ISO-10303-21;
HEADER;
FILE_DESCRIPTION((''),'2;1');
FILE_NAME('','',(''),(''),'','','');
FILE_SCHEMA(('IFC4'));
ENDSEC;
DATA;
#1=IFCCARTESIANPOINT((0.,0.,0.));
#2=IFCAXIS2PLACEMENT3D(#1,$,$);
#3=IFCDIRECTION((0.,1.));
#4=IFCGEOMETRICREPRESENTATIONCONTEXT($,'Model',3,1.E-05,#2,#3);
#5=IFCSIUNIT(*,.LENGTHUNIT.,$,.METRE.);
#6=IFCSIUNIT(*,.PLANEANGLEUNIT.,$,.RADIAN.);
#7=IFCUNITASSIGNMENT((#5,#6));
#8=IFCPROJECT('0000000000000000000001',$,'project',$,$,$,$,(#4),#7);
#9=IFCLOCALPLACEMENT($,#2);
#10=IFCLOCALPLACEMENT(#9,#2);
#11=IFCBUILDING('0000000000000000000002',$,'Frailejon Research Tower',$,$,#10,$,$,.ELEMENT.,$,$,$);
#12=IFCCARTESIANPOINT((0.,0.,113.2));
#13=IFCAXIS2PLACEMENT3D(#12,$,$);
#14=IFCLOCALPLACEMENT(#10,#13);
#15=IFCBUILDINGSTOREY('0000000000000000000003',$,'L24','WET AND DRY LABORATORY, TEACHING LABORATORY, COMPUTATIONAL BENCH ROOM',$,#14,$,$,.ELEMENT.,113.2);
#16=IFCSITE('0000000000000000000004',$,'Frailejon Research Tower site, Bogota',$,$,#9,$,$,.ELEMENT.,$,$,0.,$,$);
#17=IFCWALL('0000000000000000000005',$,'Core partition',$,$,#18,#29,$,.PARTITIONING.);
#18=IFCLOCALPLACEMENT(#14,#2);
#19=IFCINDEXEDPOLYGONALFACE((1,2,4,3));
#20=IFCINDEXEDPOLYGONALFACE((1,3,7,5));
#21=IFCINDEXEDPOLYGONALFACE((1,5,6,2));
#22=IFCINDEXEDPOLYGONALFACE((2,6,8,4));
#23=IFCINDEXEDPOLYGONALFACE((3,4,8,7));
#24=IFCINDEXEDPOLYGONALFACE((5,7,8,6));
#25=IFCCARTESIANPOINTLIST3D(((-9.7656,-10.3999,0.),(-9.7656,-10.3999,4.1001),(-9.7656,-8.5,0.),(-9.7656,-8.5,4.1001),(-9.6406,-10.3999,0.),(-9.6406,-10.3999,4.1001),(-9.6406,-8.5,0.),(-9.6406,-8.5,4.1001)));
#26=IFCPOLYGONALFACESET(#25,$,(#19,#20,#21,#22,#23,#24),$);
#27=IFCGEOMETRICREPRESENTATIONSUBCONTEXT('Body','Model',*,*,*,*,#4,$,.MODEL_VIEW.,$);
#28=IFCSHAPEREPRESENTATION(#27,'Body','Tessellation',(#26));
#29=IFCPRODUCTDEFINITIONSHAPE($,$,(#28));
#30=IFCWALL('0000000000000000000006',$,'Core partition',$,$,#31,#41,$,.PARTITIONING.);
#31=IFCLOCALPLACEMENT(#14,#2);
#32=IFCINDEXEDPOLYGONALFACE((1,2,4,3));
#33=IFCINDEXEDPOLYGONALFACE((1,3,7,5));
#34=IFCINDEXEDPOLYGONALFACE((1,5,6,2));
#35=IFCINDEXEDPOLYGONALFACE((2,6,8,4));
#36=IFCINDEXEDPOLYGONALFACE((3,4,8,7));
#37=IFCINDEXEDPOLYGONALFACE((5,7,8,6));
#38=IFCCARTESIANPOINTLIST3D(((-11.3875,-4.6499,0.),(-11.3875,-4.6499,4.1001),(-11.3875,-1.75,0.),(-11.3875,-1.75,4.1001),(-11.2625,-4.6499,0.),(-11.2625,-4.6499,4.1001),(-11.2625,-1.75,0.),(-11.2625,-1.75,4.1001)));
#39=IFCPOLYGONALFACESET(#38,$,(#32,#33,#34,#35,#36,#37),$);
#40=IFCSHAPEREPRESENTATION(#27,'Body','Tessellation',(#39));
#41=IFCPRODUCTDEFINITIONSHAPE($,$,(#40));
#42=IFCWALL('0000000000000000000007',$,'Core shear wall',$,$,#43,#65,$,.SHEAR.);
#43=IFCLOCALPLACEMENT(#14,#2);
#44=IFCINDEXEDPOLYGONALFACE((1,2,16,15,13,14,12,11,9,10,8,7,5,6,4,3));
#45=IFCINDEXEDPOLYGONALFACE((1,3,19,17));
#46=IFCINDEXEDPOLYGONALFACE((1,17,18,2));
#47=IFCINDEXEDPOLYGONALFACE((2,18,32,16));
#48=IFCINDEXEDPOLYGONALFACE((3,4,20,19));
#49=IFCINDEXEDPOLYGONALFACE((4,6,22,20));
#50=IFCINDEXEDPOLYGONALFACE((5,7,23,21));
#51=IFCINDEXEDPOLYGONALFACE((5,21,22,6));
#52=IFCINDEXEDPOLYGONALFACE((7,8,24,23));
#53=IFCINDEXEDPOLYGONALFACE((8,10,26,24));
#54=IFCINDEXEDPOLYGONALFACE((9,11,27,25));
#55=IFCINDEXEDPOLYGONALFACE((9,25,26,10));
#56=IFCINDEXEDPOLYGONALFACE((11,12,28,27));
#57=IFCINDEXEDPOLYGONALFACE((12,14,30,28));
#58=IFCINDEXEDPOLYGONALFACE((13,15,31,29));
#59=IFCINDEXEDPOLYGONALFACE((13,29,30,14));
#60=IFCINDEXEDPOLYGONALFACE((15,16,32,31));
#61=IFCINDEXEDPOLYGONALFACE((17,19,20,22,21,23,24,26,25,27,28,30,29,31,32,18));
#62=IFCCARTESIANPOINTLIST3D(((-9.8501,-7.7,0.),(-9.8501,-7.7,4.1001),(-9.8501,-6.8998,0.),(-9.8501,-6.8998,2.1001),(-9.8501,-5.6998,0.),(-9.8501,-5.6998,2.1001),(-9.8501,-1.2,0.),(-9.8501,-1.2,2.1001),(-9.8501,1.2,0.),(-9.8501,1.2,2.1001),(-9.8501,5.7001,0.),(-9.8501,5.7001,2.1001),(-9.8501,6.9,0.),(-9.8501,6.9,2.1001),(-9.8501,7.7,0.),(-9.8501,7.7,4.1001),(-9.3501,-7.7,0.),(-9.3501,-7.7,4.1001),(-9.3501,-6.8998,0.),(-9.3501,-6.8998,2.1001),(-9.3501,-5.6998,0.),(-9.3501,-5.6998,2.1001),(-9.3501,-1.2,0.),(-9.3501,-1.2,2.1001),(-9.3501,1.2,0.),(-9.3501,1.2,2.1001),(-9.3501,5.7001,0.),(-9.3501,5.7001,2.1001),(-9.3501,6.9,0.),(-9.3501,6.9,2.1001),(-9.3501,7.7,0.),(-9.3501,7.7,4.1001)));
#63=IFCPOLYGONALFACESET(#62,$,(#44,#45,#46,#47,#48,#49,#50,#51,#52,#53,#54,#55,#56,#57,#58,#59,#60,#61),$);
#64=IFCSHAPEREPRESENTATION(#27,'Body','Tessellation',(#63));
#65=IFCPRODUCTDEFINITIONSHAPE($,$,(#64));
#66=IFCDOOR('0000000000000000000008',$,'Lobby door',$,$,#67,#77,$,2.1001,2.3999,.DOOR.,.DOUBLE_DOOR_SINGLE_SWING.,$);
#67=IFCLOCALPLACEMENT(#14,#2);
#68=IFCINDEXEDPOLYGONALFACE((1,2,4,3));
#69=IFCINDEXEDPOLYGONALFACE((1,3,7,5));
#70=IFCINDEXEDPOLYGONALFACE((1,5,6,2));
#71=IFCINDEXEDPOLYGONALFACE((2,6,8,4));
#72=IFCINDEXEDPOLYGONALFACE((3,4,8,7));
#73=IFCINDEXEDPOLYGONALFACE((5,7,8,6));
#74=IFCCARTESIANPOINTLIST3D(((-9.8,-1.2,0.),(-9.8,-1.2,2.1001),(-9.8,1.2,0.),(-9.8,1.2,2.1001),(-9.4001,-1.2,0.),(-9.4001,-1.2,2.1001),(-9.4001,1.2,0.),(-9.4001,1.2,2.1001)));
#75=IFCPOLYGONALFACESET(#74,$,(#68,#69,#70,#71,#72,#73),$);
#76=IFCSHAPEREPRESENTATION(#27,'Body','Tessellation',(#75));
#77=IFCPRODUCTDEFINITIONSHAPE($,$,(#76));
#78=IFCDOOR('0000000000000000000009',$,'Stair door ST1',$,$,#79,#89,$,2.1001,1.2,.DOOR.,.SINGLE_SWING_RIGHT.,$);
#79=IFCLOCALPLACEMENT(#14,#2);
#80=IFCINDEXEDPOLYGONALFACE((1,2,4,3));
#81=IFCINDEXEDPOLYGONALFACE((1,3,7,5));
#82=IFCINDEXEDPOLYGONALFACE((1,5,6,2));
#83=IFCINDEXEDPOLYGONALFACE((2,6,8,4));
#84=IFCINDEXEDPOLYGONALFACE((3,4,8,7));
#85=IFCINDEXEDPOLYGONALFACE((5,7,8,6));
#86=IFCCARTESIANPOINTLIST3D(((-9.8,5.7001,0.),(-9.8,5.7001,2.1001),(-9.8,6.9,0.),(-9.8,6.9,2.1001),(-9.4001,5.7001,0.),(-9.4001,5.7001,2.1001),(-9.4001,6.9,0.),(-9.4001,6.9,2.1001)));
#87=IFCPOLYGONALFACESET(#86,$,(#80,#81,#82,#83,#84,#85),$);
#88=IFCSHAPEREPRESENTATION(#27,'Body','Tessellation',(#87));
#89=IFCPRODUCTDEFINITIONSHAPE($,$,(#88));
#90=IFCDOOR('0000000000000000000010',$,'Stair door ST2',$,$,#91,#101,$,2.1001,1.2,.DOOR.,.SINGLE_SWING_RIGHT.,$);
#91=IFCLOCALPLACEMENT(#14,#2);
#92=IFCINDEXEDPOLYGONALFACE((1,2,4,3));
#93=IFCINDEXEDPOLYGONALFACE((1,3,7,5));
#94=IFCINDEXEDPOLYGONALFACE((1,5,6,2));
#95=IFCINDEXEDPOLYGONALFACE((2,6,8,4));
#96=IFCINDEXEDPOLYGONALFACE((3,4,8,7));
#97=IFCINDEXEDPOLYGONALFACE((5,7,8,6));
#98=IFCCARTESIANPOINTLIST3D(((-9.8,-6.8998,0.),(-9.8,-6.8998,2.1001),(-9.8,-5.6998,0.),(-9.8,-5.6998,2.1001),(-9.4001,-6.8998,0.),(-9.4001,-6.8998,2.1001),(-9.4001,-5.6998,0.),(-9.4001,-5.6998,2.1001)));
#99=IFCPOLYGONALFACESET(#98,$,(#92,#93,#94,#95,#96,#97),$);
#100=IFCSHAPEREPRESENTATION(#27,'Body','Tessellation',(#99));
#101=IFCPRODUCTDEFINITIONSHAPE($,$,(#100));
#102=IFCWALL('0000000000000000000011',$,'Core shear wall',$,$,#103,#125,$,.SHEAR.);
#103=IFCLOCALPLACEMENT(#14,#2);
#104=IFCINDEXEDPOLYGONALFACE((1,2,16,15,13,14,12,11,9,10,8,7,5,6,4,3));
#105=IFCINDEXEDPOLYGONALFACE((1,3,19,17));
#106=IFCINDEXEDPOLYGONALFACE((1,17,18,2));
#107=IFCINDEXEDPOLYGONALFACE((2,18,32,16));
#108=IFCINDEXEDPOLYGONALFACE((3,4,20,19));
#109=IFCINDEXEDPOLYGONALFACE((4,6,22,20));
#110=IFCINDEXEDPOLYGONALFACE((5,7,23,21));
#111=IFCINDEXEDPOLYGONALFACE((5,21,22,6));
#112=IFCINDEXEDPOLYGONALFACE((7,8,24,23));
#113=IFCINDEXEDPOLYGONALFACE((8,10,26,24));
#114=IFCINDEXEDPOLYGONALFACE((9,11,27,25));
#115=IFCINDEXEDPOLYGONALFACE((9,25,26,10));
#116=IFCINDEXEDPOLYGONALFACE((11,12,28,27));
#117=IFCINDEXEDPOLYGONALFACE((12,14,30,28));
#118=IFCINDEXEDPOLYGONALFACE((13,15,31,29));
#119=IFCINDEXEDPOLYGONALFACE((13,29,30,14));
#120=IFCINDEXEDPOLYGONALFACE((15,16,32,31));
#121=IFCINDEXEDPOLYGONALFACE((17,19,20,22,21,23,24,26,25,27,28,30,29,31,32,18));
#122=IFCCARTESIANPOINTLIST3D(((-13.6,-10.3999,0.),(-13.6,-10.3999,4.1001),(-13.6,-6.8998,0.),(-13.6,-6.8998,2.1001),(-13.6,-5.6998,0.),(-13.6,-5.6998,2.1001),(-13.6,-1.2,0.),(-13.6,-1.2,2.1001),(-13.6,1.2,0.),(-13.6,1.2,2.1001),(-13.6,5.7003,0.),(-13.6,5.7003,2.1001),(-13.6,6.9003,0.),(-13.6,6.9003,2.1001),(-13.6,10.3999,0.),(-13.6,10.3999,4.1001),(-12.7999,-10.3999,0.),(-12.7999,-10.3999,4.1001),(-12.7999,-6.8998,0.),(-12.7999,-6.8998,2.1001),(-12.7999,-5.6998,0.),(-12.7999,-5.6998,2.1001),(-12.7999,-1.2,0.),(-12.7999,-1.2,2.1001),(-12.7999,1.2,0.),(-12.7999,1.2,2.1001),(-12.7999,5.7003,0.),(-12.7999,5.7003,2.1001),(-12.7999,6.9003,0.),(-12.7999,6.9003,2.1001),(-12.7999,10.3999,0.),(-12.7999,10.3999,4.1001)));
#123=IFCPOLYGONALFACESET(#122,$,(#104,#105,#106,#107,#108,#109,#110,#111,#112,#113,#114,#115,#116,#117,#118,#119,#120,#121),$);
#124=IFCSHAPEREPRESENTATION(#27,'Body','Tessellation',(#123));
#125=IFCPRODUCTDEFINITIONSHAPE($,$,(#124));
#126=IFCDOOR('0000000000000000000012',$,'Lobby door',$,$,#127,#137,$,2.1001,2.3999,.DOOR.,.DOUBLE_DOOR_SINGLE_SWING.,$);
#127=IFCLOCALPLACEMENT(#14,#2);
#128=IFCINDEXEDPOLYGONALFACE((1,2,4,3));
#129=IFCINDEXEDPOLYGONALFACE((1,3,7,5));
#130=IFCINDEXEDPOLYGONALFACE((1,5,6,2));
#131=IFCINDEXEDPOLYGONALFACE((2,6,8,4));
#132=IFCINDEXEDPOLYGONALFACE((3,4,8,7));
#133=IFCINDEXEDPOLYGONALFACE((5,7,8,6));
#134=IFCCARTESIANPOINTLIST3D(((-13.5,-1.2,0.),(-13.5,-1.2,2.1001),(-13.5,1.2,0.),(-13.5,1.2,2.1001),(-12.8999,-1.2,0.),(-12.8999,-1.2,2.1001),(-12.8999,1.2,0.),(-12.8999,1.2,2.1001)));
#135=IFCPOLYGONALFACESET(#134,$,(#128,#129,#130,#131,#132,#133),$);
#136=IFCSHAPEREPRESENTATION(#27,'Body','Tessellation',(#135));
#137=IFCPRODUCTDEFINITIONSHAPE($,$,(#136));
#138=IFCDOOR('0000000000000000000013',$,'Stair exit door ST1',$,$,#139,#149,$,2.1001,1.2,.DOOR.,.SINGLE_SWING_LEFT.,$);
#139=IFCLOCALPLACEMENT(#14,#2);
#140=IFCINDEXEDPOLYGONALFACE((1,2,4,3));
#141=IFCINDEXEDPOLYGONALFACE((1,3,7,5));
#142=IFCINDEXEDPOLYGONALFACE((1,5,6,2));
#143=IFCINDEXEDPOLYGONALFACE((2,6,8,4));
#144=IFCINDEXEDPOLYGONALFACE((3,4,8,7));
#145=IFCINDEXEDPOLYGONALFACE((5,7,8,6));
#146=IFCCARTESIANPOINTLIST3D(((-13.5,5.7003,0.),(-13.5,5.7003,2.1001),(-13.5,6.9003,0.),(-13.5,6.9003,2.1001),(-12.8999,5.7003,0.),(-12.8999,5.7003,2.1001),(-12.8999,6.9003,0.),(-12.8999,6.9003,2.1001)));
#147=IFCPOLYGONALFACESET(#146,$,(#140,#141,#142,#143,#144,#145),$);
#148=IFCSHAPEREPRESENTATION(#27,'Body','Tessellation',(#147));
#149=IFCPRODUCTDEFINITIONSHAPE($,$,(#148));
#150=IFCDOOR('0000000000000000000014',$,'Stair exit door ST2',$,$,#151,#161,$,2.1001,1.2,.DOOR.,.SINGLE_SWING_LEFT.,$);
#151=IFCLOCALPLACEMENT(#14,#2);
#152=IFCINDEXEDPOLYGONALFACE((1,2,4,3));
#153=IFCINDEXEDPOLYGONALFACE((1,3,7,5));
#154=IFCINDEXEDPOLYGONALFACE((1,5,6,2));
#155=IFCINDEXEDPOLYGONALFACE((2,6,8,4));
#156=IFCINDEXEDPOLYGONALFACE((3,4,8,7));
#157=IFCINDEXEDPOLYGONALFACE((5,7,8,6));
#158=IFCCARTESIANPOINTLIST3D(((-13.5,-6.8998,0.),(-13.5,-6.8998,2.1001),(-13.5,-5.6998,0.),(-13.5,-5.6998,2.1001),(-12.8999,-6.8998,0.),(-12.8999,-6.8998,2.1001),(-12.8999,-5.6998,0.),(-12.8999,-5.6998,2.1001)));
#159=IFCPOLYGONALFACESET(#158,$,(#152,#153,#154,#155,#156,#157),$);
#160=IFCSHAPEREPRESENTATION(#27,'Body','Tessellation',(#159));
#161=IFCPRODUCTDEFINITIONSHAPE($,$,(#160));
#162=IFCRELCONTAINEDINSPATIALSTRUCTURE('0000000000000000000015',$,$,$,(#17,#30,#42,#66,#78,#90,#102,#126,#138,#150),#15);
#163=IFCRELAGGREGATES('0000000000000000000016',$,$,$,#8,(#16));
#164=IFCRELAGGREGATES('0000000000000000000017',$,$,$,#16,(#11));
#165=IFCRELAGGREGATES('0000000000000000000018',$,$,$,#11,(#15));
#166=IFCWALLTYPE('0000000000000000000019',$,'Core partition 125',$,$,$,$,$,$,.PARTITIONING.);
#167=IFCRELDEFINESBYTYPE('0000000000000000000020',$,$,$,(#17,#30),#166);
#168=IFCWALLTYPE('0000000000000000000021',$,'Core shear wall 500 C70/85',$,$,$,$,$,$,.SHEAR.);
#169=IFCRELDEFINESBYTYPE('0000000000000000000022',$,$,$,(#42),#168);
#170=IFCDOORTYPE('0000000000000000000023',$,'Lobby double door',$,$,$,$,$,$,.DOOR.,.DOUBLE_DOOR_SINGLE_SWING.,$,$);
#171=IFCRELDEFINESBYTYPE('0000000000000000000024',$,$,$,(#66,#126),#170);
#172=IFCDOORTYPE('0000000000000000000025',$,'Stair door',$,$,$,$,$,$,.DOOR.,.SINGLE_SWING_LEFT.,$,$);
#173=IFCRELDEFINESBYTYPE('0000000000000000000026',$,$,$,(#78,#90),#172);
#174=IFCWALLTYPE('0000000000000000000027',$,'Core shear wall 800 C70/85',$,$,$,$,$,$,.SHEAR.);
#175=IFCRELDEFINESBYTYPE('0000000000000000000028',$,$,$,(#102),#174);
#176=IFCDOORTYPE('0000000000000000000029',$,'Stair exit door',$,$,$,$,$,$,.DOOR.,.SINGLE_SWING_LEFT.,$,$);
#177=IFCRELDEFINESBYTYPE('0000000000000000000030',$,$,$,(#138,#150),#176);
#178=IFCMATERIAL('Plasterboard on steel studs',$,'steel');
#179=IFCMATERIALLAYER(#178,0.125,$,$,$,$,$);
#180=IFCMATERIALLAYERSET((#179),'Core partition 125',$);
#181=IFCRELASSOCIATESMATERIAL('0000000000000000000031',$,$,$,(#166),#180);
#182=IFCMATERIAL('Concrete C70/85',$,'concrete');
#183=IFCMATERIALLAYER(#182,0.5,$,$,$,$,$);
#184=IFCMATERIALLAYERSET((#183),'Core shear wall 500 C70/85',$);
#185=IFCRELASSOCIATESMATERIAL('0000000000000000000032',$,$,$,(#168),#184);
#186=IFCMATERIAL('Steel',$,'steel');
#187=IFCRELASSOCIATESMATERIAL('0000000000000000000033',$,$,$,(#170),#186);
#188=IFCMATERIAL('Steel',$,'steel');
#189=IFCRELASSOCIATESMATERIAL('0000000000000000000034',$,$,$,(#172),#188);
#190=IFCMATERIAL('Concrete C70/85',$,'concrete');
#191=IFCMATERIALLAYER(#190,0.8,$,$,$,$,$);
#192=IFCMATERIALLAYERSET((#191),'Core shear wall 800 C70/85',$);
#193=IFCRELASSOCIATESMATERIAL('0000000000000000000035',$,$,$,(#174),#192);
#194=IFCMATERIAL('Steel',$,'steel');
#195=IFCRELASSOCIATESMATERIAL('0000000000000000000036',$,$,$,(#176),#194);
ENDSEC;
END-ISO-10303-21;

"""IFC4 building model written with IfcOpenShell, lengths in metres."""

from ifc_helpers import new_model, si_unit, direction, frame, frame_2d, origin, place, context, subcontext, project, spatial, rectangle, extrude, material, layer, layer_set, type_object, element, fill, save


model = new_model("IFC4")

# Units and contexts
model_context = context("Model", 3, precision=1e-05, world=origin(), true_north=direction((0.0, 1.0)))
body_context = subcontext(model_context, "Body", "Model", "MODEL_VIEW")
ifc_project = project(units=[si_unit("LENGTHUNIT", "METRE"), si_unit("PLANEANGLEUNIT", "RADIAN")], contexts=[model_context])

# Site, building, storey
site_placement = place(None, origin())
site = spatial("IfcSite", under=ifc_project, at=site_placement, Name="Frailejon Research Tower site, Bogota", CompositionType="ELEMENT", RefElevation=0.0)
building_placement = place(site_placement, origin())
building = spatial("IfcBuilding", under=site, at=building_placement, Name="Frailejon Research Tower", CompositionType="ELEMENT")
storey_placement = place(building_placement, frame((0.0, 0.0, 113.2)))
storey = spatial("IfcBuildingStorey", under=building, at=storey_placement, Name="L24", Description="WET AND DRY LABORATORY, TEACHING LABORATORY, COMPUTATIONAL BENCH ROOM", CompositionType="ELEMENT", Elevation=113.2)

# Walls
ifc_material_1 = material(Name="Plasterboard on steel studs", Category="steel")
ifc_layer_1 = layer(ifc_material_1, 0.125)
ifc_layer_set_1 = layer_set([ifc_layer_1], Name="Core partition 125")
wall_type_1 = type_object("IfcWallType", Name="Core partition 125", PredefinedType="PARTITIONING", material=ifc_layer_set_1)
wall_1_placement = place(storey_placement, frame((-9.7031, -10.3999, 0.0), z_axis=(0.0, 0.0, 1.0), x_axis=(0.0, 1.0, 0.0)))
element("IfcWall", 1, at=wall_1_placement, inside=storey, type_object=wall_type_1, Name="Core partition", PredefinedType="PARTITIONING", context=body_context, shape_type="SweptSolid", body=[
    extrude(rectangle(XDim=1.8999, YDim=0.125, at=frame_2d((0.95, 0.0))), origin(), (0.0, 0.0, 1.0), 4.1001),
])
wall_2_placement = place(storey_placement, frame((-11.325, -4.6499, 0.0), z_axis=(0.0, 0.0, 1.0), x_axis=(0.0, 1.0, 0.0)))
element("IfcWall", 2, at=wall_2_placement, inside=storey, type_object=wall_type_1, Name="Core partition", PredefinedType="PARTITIONING", context=body_context, shape_type="SweptSolid", body=[
    extrude(rectangle(XDim=2.8999, YDim=0.125, at=frame_2d((1.45, 0.0))), origin(), (0.0, 0.0, 1.0), 4.1001),
])

# Walls, openings, doors
ifc_material_2 = material(Name="Concrete C70/85", Category="concrete")
ifc_layer_2 = layer(ifc_material_2, 0.5)
ifc_layer_set_2 = layer_set([ifc_layer_2], Name="Core shear wall 500 C70/85")
wall_type_2 = type_object("IfcWallType", Name="Core shear wall 500 C70/85", PredefinedType="SHEAR", material=ifc_layer_set_2)
wall_3_placement = place(storey_placement, frame((-9.6001, -7.7, 0.0), z_axis=(0.0, 0.0, 1.0), x_axis=(0.0, 1.0, 0.0)))
wall_3 = element("IfcWall", 3, at=wall_3_placement, inside=storey, type_object=wall_type_2, Name="Core shear wall", PredefinedType="SHEAR", context=body_context, shape_type="SweptSolid", body=[
    extrude(rectangle(XDim=15.3999, YDim=0.5, at=frame_2d((7.7, 0.0))), origin(), (0.0, 0.0, 1.0), 4.1001),
])
opening_1_placement = place(wall_3_placement, frame((6.5, 0.0, 0.0)))
opening_1 = element("IfcOpeningElement", 4, at=opening_1_placement, cuts=wall_3, PredefinedType="OPENING", context=body_context, shape_type="SweptSolid", body=[
    extrude(rectangle(XDim=2.3999, YDim=2.1001, at=frame_2d((1.2, 1.05))), frame((0.0, 0.26, 0.0), z_axis=(0.0, -1.0, 0.0), x_axis=(1.0, 0.0, 0.0)), (0.0, 0.0, 1.0), 0.52),
])
opening_2_placement = place(wall_3_placement, frame((13.3999, 0.0, 0.0)))
opening_2 = element("IfcOpeningElement", 5, at=opening_2_placement, cuts=wall_3, PredefinedType="OPENING", context=body_context, shape_type="SweptSolid", body=[
    extrude(rectangle(XDim=1.2, YDim=2.1001, at=frame_2d((0.6001, 1.05))), frame((0.0, 0.26, 0.0), z_axis=(0.0, -1.0, 0.0), x_axis=(1.0, 0.0, 0.0)), (0.0, 0.0, 1.0), 0.52),
])
opening_3_placement = place(wall_3_placement, frame((0.8, 0.0, 0.0)))
opening_3 = element("IfcOpeningElement", 6, at=opening_3_placement, cuts=wall_3, PredefinedType="OPENING", context=body_context, shape_type="SweptSolid", body=[
    extrude(rectangle(XDim=1.2, YDim=2.1001, at=frame_2d((0.6001, 1.05))), frame((0.0, 0.26, 0.0), z_axis=(0.0, -1.0, 0.0), x_axis=(1.0, 0.0, 0.0)), (0.0, 0.0, 1.0), 0.52),
])
ifc_material_3 = material(Name="Steel", Category="steel")
door_type_1 = type_object("IfcDoorType", Name="Lobby double door", OperationType="DOUBLE_DOOR_SINGLE_SWING", PredefinedType="DOOR", material=ifc_material_3)
door_1_placement = place(opening_1_placement, origin())
door_1 = element("IfcDoor", 7, at=door_1_placement, inside=storey, type_object=door_type_1, Name="Lobby door", OperationType="DOUBLE_DOOR_SINGLE_SWING", OverallHeight=2.1001, OverallWidth=2.3999, PredefinedType="DOOR", context=body_context, shape_type="SweptSolid", body=[
    extrude(rectangle(XDim=2.3999, YDim=2.1001, at=frame_2d((1.2, 1.05))), frame((0.0, 0.2, 0.0), z_axis=(0.0, -1.0, 0.0), x_axis=(1.0, 0.0, 0.0)), (0.0, 0.0, 1.0), 0.3999),
])
fill(opening_1, door_1)
ifc_material_4 = material(Name="Steel", Category="steel")
door_type_2 = type_object("IfcDoorType", Name="Stair door", OperationType="SINGLE_SWING_LEFT", PredefinedType="DOOR", material=ifc_material_4)
door_2_placement = place(opening_2_placement, origin())
door_2 = element("IfcDoor", 8, at=door_2_placement, inside=storey, type_object=door_type_2, Name="Stair door ST1", OperationType="SINGLE_SWING_RIGHT", OverallHeight=2.1001, OverallWidth=1.2, PredefinedType="DOOR", context=body_context, shape_type="SweptSolid", body=[
    extrude(rectangle(XDim=1.2, YDim=2.1001, at=frame_2d((0.6001, 1.05))), frame((0.0, 0.2, 0.0), z_axis=(0.0, -1.0, 0.0), x_axis=(1.0, 0.0, 0.0)), (0.0, 0.0, 1.0), 0.3999),
])
fill(opening_2, door_2)
door_3_placement = place(opening_3_placement, origin())
door_3 = element("IfcDoor", 9, at=door_3_placement, inside=storey, type_object=door_type_2, Name="Stair door ST2", OperationType="SINGLE_SWING_RIGHT", OverallHeight=2.1001, OverallWidth=1.2, PredefinedType="DOOR", context=body_context, shape_type="SweptSolid", body=[
    extrude(rectangle(XDim=1.2, YDim=2.1001, at=frame_2d((0.6001, 1.05))), frame((0.0, 0.2, 0.0), z_axis=(0.0, -1.0, 0.0), x_axis=(1.0, 0.0, 0.0)), (0.0, 0.0, 1.0), 0.3999),
])
fill(opening_3, door_3)
ifc_material_5 = material(Name="Concrete C70/85", Category="concrete")
ifc_layer_3 = layer(ifc_material_5, 0.8)
ifc_layer_set_3 = layer_set([ifc_layer_3], Name="Core shear wall 800 C70/85")
wall_type_3 = type_object("IfcWallType", Name="Core shear wall 800 C70/85", PredefinedType="SHEAR", material=ifc_layer_set_3)
wall_4_placement = place(storey_placement, frame((-13.2, -10.3999, 0.0), z_axis=(0.0, 0.0, 1.0), x_axis=(0.0, 1.0, 0.0)))
wall_4 = element("IfcWall", 10, at=wall_4_placement, inside=storey, type_object=wall_type_3, Name="Core shear wall", PredefinedType="SHEAR", context=body_context, shape_type="SweptSolid", body=[
    extrude(rectangle(XDim=20.7998, YDim=0.8, at=frame_2d((10.3999, 0.0))), origin(), (0.0, 0.0, 1.0), 4.1001),
])
opening_4_placement = place(wall_4_placement, frame((9.2, 0.0, 0.0)))
opening_4 = element("IfcOpeningElement", 11, at=opening_4_placement, cuts=wall_4, PredefinedType="OPENING", context=body_context, shape_type="SweptSolid", body=[
    extrude(rectangle(XDim=2.3999, YDim=2.1001, at=frame_2d((1.2, 1.05))), frame((0.0, 0.4099, 0.0), z_axis=(0.0, -1.0, 0.0), x_axis=(1.0, 0.0, 0.0)), (0.0, 0.0, 1.0), 0.8201),
])
opening_5_placement = place(wall_4_placement, frame((16.1001, 0.0, 0.0)))
opening_5 = element("IfcOpeningElement", 12, at=opening_5_placement, cuts=wall_4, PredefinedType="OPENING", context=body_context, shape_type="SweptSolid", body=[
    extrude(rectangle(XDim=1.2, YDim=2.1001, at=frame_2d((0.6001, 1.05))), frame((0.0, 0.4099, 0.0), z_axis=(0.0, -1.0, 0.0), x_axis=(1.0, 0.0, 0.0)), (0.0, 0.0, 1.0), 0.8201),
])
opening_6_placement = place(wall_4_placement, frame((3.5, 0.0, 0.0)))
opening_6 = element("IfcOpeningElement", 13, at=opening_6_placement, cuts=wall_4, PredefinedType="OPENING", context=body_context, shape_type="SweptSolid", body=[
    extrude(rectangle(XDim=1.2, YDim=2.1001, at=frame_2d((0.6001, 1.05))), frame((0.0, 0.4099, 0.0), z_axis=(0.0, -1.0, 0.0), x_axis=(1.0, 0.0, 0.0)), (0.0, 0.0, 1.0), 0.8201),
])
door_4_placement = place(opening_4_placement, origin())
door_4 = element("IfcDoor", 14, at=door_4_placement, inside=storey, type_object=door_type_1, Name="Lobby door", OperationType="DOUBLE_DOOR_SINGLE_SWING", OverallHeight=2.1001, OverallWidth=2.3999, PredefinedType="DOOR", context=body_context, shape_type="SweptSolid", body=[
    extrude(rectangle(XDim=2.3999, YDim=2.1001, at=frame_2d((1.2, 1.05))), frame((0.0, 0.3, 0.0), z_axis=(0.0, -1.0, 0.0), x_axis=(1.0, 0.0, 0.0)), (0.0, 0.0, 1.0), 0.6001),
])
fill(opening_4, door_4)
ifc_material_6 = material(Name="Steel", Category="steel")
door_type_3 = type_object("IfcDoorType", Name="Stair exit door", OperationType="SINGLE_SWING_LEFT", PredefinedType="DOOR", material=ifc_material_6)
door_5_placement = place(opening_5_placement, origin())
door_5 = element("IfcDoor", 15, at=door_5_placement, inside=storey, type_object=door_type_3, Name="Stair exit door ST1", OperationType="SINGLE_SWING_LEFT", OverallHeight=2.1001, OverallWidth=1.2, PredefinedType="DOOR", context=body_context, shape_type="SweptSolid", body=[
    extrude(rectangle(XDim=1.2, YDim=2.1001, at=frame_2d((0.6001, 1.05))), frame((0.0, 0.3, 0.0), z_axis=(0.0, -1.0, 0.0), x_axis=(1.0, 0.0, 0.0)), (0.0, 0.0, 1.0), 0.6001),
])
fill(opening_5, door_5)
door_6_placement = place(opening_6_placement, origin())
door_6 = element("IfcDoor", 16, at=door_6_placement, inside=storey, type_object=door_type_3, Name="Stair exit door ST2", OperationType="SINGLE_SWING_LEFT", OverallHeight=2.1001, OverallWidth=1.2, PredefinedType="DOOR", context=body_context, shape_type="SweptSolid", body=[
    extrude(rectangle(XDim=1.2, YDim=2.1001, at=frame_2d((0.6001, 1.05))), frame((0.0, 0.3, 0.0), z_axis=(0.0, -1.0, 0.0), x_axis=(1.0, 0.0, 0.0)), (0.0, 0.0, 1.0), 0.6001),
])
fill(opening_6, door_6)

save(model, "model.ifc")
